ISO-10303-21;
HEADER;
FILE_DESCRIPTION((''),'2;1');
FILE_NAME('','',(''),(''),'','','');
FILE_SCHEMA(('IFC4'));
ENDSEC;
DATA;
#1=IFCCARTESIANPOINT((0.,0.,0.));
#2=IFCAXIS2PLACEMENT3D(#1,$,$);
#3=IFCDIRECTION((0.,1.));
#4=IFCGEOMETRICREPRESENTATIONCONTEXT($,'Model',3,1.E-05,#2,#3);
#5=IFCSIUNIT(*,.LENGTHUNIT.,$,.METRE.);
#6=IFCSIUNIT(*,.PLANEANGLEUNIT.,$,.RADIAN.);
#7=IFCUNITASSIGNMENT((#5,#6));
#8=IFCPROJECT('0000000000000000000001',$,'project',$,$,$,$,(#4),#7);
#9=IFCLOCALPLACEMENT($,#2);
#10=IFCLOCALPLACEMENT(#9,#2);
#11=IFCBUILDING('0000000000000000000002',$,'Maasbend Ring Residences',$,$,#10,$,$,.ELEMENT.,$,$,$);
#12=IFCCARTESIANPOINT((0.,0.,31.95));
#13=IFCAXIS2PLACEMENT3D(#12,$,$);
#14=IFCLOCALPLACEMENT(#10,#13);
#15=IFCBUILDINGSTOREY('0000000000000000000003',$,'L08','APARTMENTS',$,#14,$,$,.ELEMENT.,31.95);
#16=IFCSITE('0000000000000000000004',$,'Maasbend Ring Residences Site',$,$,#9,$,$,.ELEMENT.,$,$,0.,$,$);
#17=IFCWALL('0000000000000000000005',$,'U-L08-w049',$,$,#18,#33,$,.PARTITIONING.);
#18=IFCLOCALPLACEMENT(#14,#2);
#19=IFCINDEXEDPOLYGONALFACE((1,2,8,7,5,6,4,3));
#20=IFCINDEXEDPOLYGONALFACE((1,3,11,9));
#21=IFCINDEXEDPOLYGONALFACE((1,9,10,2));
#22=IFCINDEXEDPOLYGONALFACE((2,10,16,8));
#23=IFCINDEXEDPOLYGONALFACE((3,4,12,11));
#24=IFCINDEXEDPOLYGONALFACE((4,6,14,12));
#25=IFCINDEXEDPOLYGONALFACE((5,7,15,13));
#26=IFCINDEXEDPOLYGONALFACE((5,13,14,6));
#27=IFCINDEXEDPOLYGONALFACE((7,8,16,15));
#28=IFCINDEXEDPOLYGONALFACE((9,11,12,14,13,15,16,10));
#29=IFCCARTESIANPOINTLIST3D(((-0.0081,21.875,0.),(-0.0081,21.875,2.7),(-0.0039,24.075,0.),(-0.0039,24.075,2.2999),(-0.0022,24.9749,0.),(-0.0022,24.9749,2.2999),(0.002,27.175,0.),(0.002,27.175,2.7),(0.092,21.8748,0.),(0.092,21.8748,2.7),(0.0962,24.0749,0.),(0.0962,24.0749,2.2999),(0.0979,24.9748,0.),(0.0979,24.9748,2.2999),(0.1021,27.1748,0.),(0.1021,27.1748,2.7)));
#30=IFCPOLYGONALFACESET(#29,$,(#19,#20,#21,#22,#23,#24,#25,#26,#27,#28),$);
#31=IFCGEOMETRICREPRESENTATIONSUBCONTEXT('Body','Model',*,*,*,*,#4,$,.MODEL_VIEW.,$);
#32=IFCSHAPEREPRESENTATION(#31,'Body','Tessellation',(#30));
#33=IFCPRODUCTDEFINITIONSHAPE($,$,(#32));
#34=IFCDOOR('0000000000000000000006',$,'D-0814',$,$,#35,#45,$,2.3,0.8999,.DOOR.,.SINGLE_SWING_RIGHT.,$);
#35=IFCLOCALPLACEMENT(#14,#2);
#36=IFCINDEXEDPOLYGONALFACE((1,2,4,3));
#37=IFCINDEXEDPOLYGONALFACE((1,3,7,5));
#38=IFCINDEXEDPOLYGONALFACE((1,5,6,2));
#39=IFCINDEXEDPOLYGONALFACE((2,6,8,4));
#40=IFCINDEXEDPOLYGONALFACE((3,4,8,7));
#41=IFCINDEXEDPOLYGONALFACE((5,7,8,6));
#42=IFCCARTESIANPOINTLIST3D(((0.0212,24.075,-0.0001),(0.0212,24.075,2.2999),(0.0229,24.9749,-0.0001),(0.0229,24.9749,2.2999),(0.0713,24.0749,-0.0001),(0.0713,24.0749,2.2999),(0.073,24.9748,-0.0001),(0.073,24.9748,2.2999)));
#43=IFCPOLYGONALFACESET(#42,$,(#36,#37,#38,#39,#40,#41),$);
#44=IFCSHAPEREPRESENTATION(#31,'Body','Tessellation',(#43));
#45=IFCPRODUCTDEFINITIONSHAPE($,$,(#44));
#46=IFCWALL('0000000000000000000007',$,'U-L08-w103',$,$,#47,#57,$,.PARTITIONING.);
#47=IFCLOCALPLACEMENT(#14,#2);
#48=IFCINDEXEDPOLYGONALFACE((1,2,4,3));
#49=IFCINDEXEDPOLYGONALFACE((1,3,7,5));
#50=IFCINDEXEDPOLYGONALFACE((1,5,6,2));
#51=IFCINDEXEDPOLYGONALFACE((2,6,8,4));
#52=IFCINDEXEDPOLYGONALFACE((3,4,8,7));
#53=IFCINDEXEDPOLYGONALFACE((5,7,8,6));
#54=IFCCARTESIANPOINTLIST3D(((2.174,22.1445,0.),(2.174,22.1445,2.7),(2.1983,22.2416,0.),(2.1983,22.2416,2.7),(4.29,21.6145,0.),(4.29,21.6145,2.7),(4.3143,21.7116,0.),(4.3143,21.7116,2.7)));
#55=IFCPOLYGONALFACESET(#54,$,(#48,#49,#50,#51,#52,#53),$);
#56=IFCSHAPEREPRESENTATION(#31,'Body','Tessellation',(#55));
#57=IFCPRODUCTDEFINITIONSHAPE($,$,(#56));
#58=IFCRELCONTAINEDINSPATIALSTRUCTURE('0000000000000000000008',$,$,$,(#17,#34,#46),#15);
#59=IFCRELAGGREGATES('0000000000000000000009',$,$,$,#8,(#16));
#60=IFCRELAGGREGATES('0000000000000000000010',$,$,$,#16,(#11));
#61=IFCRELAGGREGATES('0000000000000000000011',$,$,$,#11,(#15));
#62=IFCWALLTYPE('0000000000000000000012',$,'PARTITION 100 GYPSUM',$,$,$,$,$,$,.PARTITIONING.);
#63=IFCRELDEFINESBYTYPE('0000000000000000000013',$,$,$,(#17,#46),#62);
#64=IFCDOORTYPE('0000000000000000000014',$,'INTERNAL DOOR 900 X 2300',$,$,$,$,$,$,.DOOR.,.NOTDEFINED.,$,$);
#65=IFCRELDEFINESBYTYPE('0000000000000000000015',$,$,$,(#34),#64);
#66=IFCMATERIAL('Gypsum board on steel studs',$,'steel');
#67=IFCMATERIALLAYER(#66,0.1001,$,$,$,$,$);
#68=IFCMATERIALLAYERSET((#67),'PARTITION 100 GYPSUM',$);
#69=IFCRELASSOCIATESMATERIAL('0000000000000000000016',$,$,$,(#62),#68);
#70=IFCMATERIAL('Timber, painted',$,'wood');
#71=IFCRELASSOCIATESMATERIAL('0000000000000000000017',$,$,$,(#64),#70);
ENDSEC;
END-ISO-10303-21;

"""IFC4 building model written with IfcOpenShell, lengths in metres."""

from ifc_helpers import new_model, si_unit, direction, frame, frame_2d, origin, place, context, subcontext, project, spatial, rectangle, extrude, material, layer, layer_set, type_object, element, fill, save


model = new_model("IFC4")

# Units and contexts
model_context = context("Model", 3, precision=1e-05, world=origin(), true_north=direction((0.0, 1.0)))
body_context = subcontext(model_context, "Body", "Model", "MODEL_VIEW")
ifc_project = project(units=[si_unit("LENGTHUNIT", "METRE"), si_unit("PLANEANGLEUNIT", "RADIAN")], contexts=[model_context])

# Site, building, storey
site_placement = place(None, origin())
site = spatial("IfcSite", under=ifc_project, at=site_placement, Name="Maasbend Ring Residences Site", CompositionType="ELEMENT", RefElevation=0.0)
building_placement = place(site_placement, origin())
building = spatial("IfcBuilding", under=site, at=building_placement, Name="Maasbend Ring Residences", CompositionType="ELEMENT")
storey_placement = place(building_placement, frame((0.0, 0.0, 31.95)))
storey = spatial("IfcBuildingStorey", under=building, at=storey_placement, Name="L08", Description="APARTMENTS", CompositionType="ELEMENT", Elevation=31.95)

# Wall, opening, door
ifc_material_1 = material(Name="Gypsum board on steel studs", Category="steel")
ifc_layer_1 = layer(ifc_material_1, 0.1001)
ifc_layer_set_1 = layer_set([ifc_layer_1], Name="PARTITION 100 GYPSUM")
wall_type_1 = type_object("IfcWallType", Name="PARTITION 100 GYPSUM", PredefinedType="PARTITIONING", material=ifc_layer_set_1)
wall_1_placement = place(storey_placement, frame((0.042, 21.875, 0.0), z_axis=(0.0, 0.0, 1.0), x_axis=(0.001889, 0.999998, 0.0)))
wall_1 = element("IfcWall", 1, at=wall_1_placement, inside=storey, type_object=wall_type_1, Name="U-L08-w049", PredefinedType="PARTITIONING", context=body_context, shape_type="SweptSolid", body=[
    extrude(rectangle(XDim=5.3, YDim=0.1001, at=frame_2d((2.6499, 0.0))), origin(), (0.0, 0.0, 1.0), 2.7),
])
opening_1_placement = place(wall_1_placement, frame((2.2, 0.0, 0.0)))
opening_1 = element("IfcOpeningElement", 2, at=opening_1_placement, cuts=wall_1, PredefinedType="OPENING", context=body_context, shape_type="SweptSolid", body=[
    extrude(rectangle(XDim=0.8999, YDim=2.3, at=frame_2d((0.45, 1.1499))), frame((0.0, 0.0601, 0.0), z_axis=(0.0, -1.0, 0.0), x_axis=(1.0, 0.0, 0.0)), (0.0, 0.0, 1.0), 0.1201),
])
ifc_material_2 = material(Name="Timber, painted", Category="wood")
door_type_1 = type_object("IfcDoorType", Name="INTERNAL DOOR 900 X 2300", OperationType="NOTDEFINED", PredefinedType="DOOR", material=ifc_material_2)
door_1_placement = place(opening_1_placement, origin())
door_1 = element("IfcDoor", 3, at=door_1_placement, inside=storey, type_object=door_type_1, Name="D-0814", OperationType="SINGLE_SWING_RIGHT", OverallHeight=2.3, OverallWidth=0.8999, PredefinedType="DOOR", context=body_context, shape_type="SweptSolid", body=[
    extrude(rectangle(XDim=0.8999, YDim=2.3, at=frame_2d((0.45, 1.1499))), frame((0.0, 0.0249, 0.0), z_axis=(0.0, -1.0, 0.0), x_axis=(1.0, 0.0, 0.0)), (0.0, 0.0, 1.0), 0.05),
])
fill(opening_1, door_1)

# Wall
wall_2_placement = place(storey_placement, frame((2.186, 22.1931, 0.0), z_axis=(0.0, 0.0, 1.0), x_axis=(0.97003, -0.242983, 0.0)))
element("IfcWall", 4, at=wall_2_placement, inside=storey, type_object=wall_type_1, Name="U-L08-w103", PredefinedType="PARTITIONING", context=body_context, shape_type="SweptSolid", body=[
    extrude(rectangle(XDim=2.1814, YDim=0.1001, at=frame_2d((1.0908, 0.0))), origin(), (0.0, 0.0, 1.0), 2.7),
])

save(model, "model.ifc")
